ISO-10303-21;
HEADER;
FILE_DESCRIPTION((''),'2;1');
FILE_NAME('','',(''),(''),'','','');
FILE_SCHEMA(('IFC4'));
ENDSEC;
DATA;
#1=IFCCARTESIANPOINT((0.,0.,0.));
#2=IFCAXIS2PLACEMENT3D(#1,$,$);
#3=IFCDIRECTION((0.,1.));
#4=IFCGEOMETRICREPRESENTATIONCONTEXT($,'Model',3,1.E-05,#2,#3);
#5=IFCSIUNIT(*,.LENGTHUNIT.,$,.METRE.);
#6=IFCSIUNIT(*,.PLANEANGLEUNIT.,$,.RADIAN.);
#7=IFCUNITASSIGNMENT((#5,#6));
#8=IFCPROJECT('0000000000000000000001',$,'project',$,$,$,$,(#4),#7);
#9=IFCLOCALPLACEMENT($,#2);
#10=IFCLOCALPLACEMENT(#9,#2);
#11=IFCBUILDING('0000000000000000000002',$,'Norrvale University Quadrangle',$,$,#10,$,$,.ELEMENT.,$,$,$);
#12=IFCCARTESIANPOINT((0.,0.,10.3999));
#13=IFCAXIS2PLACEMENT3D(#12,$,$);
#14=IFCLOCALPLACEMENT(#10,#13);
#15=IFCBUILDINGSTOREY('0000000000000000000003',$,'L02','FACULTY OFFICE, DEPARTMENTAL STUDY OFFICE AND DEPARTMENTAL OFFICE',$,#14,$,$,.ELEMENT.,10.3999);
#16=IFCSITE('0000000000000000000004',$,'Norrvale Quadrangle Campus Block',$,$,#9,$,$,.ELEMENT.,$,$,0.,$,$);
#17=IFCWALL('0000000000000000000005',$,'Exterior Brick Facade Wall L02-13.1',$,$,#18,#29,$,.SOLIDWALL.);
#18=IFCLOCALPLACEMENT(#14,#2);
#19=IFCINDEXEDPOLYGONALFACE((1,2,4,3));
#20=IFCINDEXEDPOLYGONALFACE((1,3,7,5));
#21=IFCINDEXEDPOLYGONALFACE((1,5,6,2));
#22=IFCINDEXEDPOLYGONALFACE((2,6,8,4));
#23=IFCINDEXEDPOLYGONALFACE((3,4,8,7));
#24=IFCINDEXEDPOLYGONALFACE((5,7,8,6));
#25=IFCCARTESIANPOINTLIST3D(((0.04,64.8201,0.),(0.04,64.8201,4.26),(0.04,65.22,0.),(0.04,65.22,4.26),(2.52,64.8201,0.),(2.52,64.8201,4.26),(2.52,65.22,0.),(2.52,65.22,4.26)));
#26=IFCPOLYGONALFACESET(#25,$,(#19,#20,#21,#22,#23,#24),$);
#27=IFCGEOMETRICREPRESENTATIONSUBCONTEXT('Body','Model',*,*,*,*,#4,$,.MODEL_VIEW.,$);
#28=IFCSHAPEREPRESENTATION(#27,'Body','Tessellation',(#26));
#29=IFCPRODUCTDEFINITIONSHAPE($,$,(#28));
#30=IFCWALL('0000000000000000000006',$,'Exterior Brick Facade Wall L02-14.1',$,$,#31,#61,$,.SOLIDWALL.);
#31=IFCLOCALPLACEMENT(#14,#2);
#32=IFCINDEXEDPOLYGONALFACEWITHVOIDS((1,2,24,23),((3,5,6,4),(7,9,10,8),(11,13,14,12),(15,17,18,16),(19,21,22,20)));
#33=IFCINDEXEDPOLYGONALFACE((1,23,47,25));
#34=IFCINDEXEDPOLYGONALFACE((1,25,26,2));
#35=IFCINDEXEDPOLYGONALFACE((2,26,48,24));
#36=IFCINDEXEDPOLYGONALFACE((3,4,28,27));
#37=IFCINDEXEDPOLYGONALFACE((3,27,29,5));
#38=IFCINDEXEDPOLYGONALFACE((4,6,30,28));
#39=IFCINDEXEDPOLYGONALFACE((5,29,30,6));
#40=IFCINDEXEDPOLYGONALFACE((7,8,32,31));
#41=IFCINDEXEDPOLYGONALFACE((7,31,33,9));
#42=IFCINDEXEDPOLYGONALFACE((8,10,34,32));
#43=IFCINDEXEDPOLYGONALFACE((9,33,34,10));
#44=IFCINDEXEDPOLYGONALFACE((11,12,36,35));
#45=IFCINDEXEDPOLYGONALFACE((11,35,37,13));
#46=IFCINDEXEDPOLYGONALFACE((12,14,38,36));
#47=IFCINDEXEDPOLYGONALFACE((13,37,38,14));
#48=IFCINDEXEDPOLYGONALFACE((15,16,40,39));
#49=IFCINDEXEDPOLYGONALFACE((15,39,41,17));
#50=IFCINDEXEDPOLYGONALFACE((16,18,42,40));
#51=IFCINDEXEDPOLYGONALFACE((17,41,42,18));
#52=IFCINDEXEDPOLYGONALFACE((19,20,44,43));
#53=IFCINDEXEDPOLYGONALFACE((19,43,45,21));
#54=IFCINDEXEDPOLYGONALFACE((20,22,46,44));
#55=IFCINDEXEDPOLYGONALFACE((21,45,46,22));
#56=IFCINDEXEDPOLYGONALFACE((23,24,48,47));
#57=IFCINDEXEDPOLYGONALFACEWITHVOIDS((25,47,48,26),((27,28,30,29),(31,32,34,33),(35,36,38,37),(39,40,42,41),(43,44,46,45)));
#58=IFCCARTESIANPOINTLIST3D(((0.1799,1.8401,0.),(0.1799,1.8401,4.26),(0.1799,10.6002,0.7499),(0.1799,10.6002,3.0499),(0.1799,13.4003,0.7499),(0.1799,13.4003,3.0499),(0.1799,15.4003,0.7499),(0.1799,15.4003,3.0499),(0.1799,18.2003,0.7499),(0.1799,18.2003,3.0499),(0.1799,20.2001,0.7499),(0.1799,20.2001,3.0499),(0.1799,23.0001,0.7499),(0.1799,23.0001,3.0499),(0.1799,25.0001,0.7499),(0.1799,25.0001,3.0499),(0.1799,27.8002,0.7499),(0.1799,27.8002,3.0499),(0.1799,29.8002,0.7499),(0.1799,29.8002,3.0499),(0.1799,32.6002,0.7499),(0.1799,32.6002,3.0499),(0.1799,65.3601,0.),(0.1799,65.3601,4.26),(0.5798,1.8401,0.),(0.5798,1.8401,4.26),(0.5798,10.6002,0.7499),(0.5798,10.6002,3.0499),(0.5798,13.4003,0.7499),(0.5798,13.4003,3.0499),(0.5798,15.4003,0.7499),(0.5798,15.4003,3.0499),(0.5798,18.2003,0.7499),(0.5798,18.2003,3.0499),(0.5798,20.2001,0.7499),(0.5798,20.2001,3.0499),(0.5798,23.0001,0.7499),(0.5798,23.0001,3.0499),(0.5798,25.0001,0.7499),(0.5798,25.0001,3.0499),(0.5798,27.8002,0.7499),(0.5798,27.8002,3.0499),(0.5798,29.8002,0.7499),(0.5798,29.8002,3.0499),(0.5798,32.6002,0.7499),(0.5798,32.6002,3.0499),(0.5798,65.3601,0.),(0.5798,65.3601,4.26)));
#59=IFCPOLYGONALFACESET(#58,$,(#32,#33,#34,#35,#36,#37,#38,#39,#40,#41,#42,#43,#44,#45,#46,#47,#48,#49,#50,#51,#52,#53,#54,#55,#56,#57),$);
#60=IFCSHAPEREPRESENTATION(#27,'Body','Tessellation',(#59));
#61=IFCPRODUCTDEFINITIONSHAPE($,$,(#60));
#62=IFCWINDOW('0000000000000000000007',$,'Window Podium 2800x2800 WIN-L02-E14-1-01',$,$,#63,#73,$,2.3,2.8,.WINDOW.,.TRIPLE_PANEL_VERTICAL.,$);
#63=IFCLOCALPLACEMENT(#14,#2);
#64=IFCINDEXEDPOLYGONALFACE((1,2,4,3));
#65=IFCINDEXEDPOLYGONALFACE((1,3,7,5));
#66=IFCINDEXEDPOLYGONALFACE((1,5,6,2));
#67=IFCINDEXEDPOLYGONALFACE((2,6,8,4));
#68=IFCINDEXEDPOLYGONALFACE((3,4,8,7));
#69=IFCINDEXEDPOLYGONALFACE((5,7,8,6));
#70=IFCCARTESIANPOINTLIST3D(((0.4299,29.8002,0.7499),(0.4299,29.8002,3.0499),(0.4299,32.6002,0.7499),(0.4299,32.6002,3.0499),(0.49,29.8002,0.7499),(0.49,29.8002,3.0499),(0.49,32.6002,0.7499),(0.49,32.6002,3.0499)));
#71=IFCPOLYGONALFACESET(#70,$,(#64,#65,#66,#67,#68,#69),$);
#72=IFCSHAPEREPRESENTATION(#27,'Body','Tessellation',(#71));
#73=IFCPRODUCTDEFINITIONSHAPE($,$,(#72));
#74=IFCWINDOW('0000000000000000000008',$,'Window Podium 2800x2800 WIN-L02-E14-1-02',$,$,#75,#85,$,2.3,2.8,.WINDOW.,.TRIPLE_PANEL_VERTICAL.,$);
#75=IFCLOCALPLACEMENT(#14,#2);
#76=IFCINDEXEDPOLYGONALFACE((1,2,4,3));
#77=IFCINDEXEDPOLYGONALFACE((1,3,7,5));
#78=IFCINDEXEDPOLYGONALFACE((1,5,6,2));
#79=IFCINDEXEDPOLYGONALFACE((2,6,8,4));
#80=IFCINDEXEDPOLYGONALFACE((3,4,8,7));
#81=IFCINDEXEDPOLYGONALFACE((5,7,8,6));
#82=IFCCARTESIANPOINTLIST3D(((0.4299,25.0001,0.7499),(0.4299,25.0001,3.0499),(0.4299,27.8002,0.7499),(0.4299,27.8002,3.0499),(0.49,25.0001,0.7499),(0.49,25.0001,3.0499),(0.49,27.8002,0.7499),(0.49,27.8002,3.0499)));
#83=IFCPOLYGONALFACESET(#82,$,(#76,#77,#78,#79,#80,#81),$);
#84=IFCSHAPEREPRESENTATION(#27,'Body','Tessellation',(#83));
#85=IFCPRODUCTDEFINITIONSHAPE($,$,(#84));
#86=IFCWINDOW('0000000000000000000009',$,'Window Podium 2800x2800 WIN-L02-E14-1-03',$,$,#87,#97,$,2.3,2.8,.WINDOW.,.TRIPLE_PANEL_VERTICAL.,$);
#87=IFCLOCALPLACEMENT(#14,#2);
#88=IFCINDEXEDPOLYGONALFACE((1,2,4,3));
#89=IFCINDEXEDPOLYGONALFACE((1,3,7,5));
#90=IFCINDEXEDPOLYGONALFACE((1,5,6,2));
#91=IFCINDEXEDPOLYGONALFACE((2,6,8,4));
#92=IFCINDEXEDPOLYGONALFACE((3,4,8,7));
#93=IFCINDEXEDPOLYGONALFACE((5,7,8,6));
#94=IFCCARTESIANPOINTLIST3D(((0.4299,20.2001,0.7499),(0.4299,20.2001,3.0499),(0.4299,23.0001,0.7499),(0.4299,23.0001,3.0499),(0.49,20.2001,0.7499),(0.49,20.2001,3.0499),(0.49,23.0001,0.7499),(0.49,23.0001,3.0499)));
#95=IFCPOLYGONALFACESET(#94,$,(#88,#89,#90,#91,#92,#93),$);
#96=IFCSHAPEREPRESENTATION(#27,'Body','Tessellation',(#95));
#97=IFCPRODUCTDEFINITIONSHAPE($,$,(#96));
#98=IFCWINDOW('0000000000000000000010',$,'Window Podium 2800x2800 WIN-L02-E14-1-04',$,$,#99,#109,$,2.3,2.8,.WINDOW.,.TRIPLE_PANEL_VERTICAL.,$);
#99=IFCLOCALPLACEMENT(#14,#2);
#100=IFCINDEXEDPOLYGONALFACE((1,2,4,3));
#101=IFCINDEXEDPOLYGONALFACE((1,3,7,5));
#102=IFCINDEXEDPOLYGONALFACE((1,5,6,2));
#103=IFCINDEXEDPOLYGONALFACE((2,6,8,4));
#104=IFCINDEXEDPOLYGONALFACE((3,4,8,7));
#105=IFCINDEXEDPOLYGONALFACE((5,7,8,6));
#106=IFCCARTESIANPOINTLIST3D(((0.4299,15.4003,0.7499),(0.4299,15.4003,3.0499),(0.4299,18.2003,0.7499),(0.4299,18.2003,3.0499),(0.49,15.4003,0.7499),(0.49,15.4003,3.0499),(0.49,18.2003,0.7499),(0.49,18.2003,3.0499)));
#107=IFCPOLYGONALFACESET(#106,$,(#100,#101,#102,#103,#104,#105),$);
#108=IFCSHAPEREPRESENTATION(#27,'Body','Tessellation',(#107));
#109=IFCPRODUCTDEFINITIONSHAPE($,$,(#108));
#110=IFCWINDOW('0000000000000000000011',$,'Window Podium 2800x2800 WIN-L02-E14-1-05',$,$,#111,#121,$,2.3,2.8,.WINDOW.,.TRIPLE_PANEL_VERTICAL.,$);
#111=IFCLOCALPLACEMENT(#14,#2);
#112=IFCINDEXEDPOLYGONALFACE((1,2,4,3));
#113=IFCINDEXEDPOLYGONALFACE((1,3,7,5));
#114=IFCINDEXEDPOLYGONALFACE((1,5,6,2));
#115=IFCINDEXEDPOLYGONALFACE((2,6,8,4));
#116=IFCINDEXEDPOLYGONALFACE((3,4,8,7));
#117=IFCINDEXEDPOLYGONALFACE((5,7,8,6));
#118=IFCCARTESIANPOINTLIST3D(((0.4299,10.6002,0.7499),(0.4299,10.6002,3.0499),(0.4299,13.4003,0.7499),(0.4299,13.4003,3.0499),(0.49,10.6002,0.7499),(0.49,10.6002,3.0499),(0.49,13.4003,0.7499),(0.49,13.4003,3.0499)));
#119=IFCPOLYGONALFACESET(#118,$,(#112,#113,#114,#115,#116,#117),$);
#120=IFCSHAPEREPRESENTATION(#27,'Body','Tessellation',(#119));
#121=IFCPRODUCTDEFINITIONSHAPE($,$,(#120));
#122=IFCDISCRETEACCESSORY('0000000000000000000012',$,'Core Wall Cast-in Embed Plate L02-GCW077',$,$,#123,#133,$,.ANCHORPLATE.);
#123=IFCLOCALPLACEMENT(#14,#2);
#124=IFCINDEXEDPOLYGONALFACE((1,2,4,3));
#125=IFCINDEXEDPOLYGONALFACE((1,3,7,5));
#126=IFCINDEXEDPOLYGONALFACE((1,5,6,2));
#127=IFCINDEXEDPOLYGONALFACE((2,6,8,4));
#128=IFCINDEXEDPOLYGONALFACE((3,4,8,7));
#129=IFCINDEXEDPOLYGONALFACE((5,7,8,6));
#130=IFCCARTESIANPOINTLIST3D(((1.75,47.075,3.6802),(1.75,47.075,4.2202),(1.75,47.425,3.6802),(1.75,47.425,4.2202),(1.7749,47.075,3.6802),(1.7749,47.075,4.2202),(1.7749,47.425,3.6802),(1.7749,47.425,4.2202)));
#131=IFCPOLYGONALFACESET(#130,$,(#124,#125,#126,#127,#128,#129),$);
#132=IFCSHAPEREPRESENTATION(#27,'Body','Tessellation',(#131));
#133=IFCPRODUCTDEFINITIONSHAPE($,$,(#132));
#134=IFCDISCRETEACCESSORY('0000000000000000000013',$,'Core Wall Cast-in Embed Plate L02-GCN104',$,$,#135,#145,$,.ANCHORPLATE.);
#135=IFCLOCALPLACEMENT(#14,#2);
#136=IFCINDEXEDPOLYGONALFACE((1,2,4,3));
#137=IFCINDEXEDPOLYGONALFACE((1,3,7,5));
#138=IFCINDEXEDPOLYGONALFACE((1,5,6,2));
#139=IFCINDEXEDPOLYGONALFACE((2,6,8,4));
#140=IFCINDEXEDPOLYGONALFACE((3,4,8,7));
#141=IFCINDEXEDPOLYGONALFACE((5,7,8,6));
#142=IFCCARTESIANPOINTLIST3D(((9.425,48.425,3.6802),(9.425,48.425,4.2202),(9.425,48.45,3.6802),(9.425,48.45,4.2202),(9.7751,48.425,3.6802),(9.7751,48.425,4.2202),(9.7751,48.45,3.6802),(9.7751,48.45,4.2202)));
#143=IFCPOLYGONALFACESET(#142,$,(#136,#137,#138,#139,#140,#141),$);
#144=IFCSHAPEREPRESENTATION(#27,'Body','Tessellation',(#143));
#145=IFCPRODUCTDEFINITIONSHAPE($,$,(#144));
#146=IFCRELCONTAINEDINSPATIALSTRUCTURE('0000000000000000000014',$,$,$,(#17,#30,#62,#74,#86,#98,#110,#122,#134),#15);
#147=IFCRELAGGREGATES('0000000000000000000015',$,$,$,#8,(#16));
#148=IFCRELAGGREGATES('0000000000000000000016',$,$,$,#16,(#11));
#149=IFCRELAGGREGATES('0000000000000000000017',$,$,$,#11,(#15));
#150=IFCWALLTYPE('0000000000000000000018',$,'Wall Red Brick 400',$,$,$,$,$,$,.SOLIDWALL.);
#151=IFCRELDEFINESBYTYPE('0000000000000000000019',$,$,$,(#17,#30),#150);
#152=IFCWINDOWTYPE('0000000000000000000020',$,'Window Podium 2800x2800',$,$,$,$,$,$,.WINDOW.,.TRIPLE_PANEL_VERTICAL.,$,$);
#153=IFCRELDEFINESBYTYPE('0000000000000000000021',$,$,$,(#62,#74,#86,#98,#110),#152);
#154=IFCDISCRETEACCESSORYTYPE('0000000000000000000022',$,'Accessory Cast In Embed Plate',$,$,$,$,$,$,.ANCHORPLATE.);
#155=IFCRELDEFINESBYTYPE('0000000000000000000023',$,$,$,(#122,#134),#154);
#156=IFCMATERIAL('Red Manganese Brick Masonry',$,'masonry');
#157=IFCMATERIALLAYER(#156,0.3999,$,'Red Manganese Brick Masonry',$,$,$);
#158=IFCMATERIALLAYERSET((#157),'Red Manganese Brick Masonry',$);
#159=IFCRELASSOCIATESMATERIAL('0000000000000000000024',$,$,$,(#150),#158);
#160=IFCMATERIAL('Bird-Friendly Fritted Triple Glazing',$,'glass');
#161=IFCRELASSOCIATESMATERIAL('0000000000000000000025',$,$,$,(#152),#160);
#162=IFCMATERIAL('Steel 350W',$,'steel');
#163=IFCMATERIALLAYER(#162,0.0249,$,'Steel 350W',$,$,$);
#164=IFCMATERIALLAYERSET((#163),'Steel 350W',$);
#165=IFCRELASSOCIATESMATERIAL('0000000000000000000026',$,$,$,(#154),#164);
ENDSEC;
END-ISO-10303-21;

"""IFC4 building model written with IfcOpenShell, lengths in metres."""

from ifc_helpers import new_model, si_unit, direction, frame, frame_2d, origin, origin_2d, place, context, subcontext, project, spatial, rectangle, extrude, material, layer, layer_set, type_object, element, fill, save


model = new_model("IFC4")

# Units and contexts
model_context = context("Model", 3, precision=1e-05, world=origin(), true_north=direction((0.0, 1.0)))
body_context = subcontext(model_context, "Body", "Model", "MODEL_VIEW")
ifc_project = project(units=[si_unit("LENGTHUNIT", "METRE"), si_unit("PLANEANGLEUNIT", "RADIAN")], contexts=[model_context])

# Site, building, storey
site_placement = place(None, origin())
site = spatial("IfcSite", under=ifc_project, at=site_placement, Name="Norrvale Quadrangle Campus Block", CompositionType="ELEMENT", RefElevation=0.0)
building_placement = place(site_placement, origin())
building = spatial("IfcBuilding", under=site, at=building_placement, Name="Norrvale University Quadrangle", CompositionType="ELEMENT")
storey_placement = place(building_placement, frame((0.0, 0.0, 10.3999)))
storey = spatial("IfcBuildingStorey", under=building, at=storey_placement, Name="L02", Description="FACULTY OFFICE, DEPARTMENTAL STUDY OFFICE AND DEPARTMENTAL OFFICE", CompositionType="ELEMENT", Elevation=10.3999)

# Shared definitions
ifc_material_1 = material(Name="Steel 350W", Category="steel")

# Wall
ifc_material_2 = material(Name="Red Manganese Brick Masonry", Category="masonry")
ifc_layer_1 = layer(ifc_material_2, 0.3999, Name="Red Manganese Brick Masonry")
ifc_layer_set_1 = layer_set([ifc_layer_1], Name="Red Manganese Brick Masonry")
wall_type_1 = type_object("IfcWallType", Name="Wall Red Brick 400", PredefinedType="SOLIDWALL", material=ifc_layer_set_1)
for number, where, z_axis, x_axis, name in (
    (1, (2.52, 65.02, 0.0), (0.0, 0.0, 1.0), (-1.0, 0.0, 0.0), "Exterior Brick Facade Wall L02-13.1"),
):
    element("IfcWall", number, at=place(storey_placement, frame(where, z_axis=z_axis, x_axis=x_axis)), inside=storey, type_object=wall_type_1, Name=name, PredefinedType="SOLIDWALL", context=body_context, shape_type="SweptSolid", body=[
        extrude(rectangle(XDim=2.48, YDim=0.3999, at=frame_2d((1.24, 0.0))), origin(), (0.0, 0.0, 1.0), 4.26),
    ])

# Wall, openings, windows
wall_1_placement = place(storey_placement, frame((0.3799, 65.3601, 0.0), z_axis=(0.0, 0.0, 1.0), x_axis=(0.0, -1.0, 0.0)))
wall_1 = element("IfcWall", 2, at=wall_1_placement, inside=storey, type_object=wall_type_1, Name="Exterior Brick Facade Wall L02-14.1", PredefinedType="SOLIDWALL", context=body_context, shape_type="SweptSolid", body=[
    extrude(rectangle(XDim=63.52, YDim=0.3999, at=frame_2d((31.76, 0.0))), origin(), (0.0, 0.0, 1.0), 4.26),
])
opening_1_placement = place(wall_1_placement, frame((32.76, 0.0, 0.75)))
opening_1 = element("IfcOpeningElement", 3, at=opening_1_placement, cuts=wall_1, PredefinedType="OPENING", context=body_context, shape_type="SweptSolid", body=[
    extrude(rectangle(XDim=2.8, YDim=2.3, at=frame_2d((1.3999, 1.1499))), frame((0.0, 0.2119, 0.0), z_axis=(0.0, -1.0, 0.0), x_axis=(1.0, 0.0, 0.0)), (0.0, 0.0, 1.0), 0.4238),
])
opening_2_placement = place(wall_1_placement, frame((37.5601, 0.0, 0.75)))
opening_2 = element("IfcOpeningElement", 4, at=opening_2_placement, cuts=wall_1, PredefinedType="OPENING", context=body_context, shape_type="SweptSolid", body=[
    extrude(rectangle(XDim=2.8, YDim=2.3, at=frame_2d((1.3999, 1.1499))), frame((0.0, 0.2119, 0.0), z_axis=(0.0, -1.0, 0.0), x_axis=(1.0, 0.0, 0.0)), (0.0, 0.0, 1.0), 0.4238),
])
opening_3_placement = place(wall_1_placement, frame((42.3601, 0.0, 0.75)))
opening_3 = element("IfcOpeningElement", 5, at=opening_3_placement, cuts=wall_1, PredefinedType="OPENING", context=body_context, shape_type="SweptSolid", body=[
    extrude(rectangle(XDim=2.8, YDim=2.3, at=frame_2d((1.3999, 1.1499))), frame((0.0, 0.2119, 0.0), z_axis=(0.0, -1.0, 0.0), x_axis=(1.0, 0.0, 0.0)), (0.0, 0.0, 1.0), 0.4238),
])
opening_4_placement = place(wall_1_placement, frame((47.1599, 0.0, 0.75)))
opening_4 = element("IfcOpeningElement", 6, at=opening_4_placement, cuts=wall_1, PredefinedType="OPENING", context=body_context, shape_type="SweptSolid", body=[
    extrude(rectangle(XDim=2.8, YDim=2.3, at=frame_2d((1.3999, 1.1499))), frame((0.0, 0.2119, 0.0), z_axis=(0.0, -1.0, 0.0), x_axis=(1.0, 0.0, 0.0)), (0.0, 0.0, 1.0), 0.4238),
])
opening_5_placement = place(wall_1_placement, frame((51.96, 0.0, 0.75)))
opening_5 = element("IfcOpeningElement", 7, at=opening_5_placement, cuts=wall_1, PredefinedType="OPENING", context=body_context, shape_type="SweptSolid", body=[
    extrude(rectangle(XDim=2.8, YDim=2.3, at=frame_2d((1.3999, 1.1499))), frame((0.0, 0.2119, 0.0), z_axis=(0.0, -1.0, 0.0), x_axis=(1.0, 0.0, 0.0)), (0.0, 0.0, 1.0), 0.4238),
])
ifc_material_3 = material(Name="Bird-Friendly Fritted Triple Glazing", Category="glass")
window_type = type_object("IfcWindowType", Name="Window Podium 2800x2800", PartitioningType="TRIPLE_PANEL_VERTICAL", PredefinedType="WINDOW", material=ifc_material_3)
window_1_placement = place(opening_1_placement, origin())
window_1 = element("IfcWindow", 8, at=window_1_placement, inside=storey, type_object=window_type, Name="Window Podium 2800x2800 WIN-L02-E14-1-01", OverallHeight=2.3, OverallWidth=2.8, PartitioningType="TRIPLE_PANEL_VERTICAL", PredefinedType="WINDOW", context=body_context, shape_type="SweptSolid", body=[
    extrude(rectangle(XDim=2.8, YDim=2.3, at=frame_2d((1.3999, 1.1499))), frame((0.0, 0.1101, 0.0), z_axis=(0.0, -1.0, 0.0), x_axis=(1.0, 0.0, 0.0)), (0.0, 0.0, 1.0), 0.0601),
])
fill(opening_1, window_1)
window_2_placement = place(opening_2_placement, origin())
window_2 = element("IfcWindow", 9, at=window_2_placement, inside=storey, type_object=window_type, Name="Window Podium 2800x2800 WIN-L02-E14-1-02", OverallHeight=2.3, OverallWidth=2.8, PartitioningType="TRIPLE_PANEL_VERTICAL", PredefinedType="WINDOW", context=body_context, shape_type="SweptSolid", body=[
    extrude(rectangle(XDim=2.8, YDim=2.3, at=frame_2d((1.3999, 1.1499))), frame((0.0, 0.1101, 0.0), z_axis=(0.0, -1.0, 0.0), x_axis=(1.0, 0.0, 0.0)), (0.0, 0.0, 1.0), 0.0601),
])
fill(opening_2, window_2)
window_3_placement = place(opening_3_placement, origin())
window_3 = element("IfcWindow", 10, at=window_3_placement, inside=storey, type_object=window_type, Name="Window Podium 2800x2800 WIN-L02-E14-1-03", OverallHeight=2.3, OverallWidth=2.8, PartitioningType="TRIPLE_PANEL_VERTICAL", PredefinedType="WINDOW", context=body_context, shape_type="SweptSolid", body=[
    extrude(rectangle(XDim=2.8, YDim=2.3, at=frame_2d((1.3999, 1.1499))), frame((0.0, 0.1101, 0.0), z_axis=(0.0, -1.0, 0.0), x_axis=(1.0, 0.0, 0.0)), (0.0, 0.0, 1.0), 0.0601),
])
fill(opening_3, window_3)
window_4_placement = place(opening_4_placement, origin())
window_4 = element("IfcWindow", 11, at=window_4_placement, inside=storey, type_object=window_type, Name="Window Podium 2800x2800 WIN-L02-E14-1-04", OverallHeight=2.3, OverallWidth=2.8, PartitioningType="TRIPLE_PANEL_VERTICAL", PredefinedType="WINDOW", context=body_context, shape_type="SweptSolid", body=[
    extrude(rectangle(XDim=2.8, YDim=2.3, at=frame_2d((1.3999, 1.1499))), frame((0.0, 0.1101, 0.0), z_axis=(0.0, -1.0, 0.0), x_axis=(1.0, 0.0, 0.0)), (0.0, 0.0, 1.0), 0.0601),
])
fill(opening_4, window_4)
window_5_placement = place(opening_5_placement, origin())
window_5 = element("IfcWindow", 12, at=window_5_placement, inside=storey, type_object=window_type, Name="Window Podium 2800x2800 WIN-L02-E14-1-05", OverallHeight=2.3, OverallWidth=2.8, PartitioningType="TRIPLE_PANEL_VERTICAL", PredefinedType="WINDOW", context=body_context, shape_type="SweptSolid", body=[
    extrude(rectangle(XDim=2.8, YDim=2.3, at=frame_2d((1.3999, 1.1499))), frame((0.0, 0.1101, 0.0), z_axis=(0.0, -1.0, 0.0), x_axis=(1.0, 0.0, 0.0)), (0.0, 0.0, 1.0), 0.0601),
])
fill(opening_5, window_5)

# Discrete accessories
ifc_layer_2 = layer(ifc_material_1, 0.0249, Name="Steel 350W")
ifc_layer_set_2 = layer_set([ifc_layer_2], Name="Steel 350W")
discrete_accessory_type = type_object("IfcDiscreteAccessoryType", Name="Accessory Cast In Embed Plate", PredefinedType="ANCHORPLATE", material=ifc_layer_set_2)
discrete_accessory_1_placement = place(storey_placement, frame((1.7625, 47.25, 3.6802), z_axis=(0.0, 0.0, 1.0), x_axis=(1.0, 0.0, 0.0)))
element("IfcDiscreteAccessory", 13, at=discrete_accessory_1_placement, inside=storey, type_object=discrete_accessory_type, Name="Core Wall Cast-in Embed Plate L02-GCW077", PredefinedType="ANCHORPLATE", context=body_context, shape_type="SweptSolid", body=[
    extrude(rectangle(XDim=0.0249, YDim=0.3501, at=origin_2d()), origin(), (0.0, 0.0, 1.0), 0.54),
])
discrete_accessory_2_placement = place(storey_placement, frame((9.6001, 48.4375, 3.6802), z_axis=(0.0, 0.0, 1.0), x_axis=(1.0, 0.0, 0.0)))
element("IfcDiscreteAccessory", 14, at=discrete_accessory_2_placement, inside=storey, type_object=discrete_accessory_type, Name="Core Wall Cast-in Embed Plate L02-GCN104", PredefinedType="ANCHORPLATE", context=body_context, shape_type="SweptSolid", body=[
    extrude(rectangle(XDim=0.3501, YDim=0.0249, at=origin_2d()), origin(), (0.0, 0.0, 1.0), 0.54),
])

save(model, "model.ifc")
